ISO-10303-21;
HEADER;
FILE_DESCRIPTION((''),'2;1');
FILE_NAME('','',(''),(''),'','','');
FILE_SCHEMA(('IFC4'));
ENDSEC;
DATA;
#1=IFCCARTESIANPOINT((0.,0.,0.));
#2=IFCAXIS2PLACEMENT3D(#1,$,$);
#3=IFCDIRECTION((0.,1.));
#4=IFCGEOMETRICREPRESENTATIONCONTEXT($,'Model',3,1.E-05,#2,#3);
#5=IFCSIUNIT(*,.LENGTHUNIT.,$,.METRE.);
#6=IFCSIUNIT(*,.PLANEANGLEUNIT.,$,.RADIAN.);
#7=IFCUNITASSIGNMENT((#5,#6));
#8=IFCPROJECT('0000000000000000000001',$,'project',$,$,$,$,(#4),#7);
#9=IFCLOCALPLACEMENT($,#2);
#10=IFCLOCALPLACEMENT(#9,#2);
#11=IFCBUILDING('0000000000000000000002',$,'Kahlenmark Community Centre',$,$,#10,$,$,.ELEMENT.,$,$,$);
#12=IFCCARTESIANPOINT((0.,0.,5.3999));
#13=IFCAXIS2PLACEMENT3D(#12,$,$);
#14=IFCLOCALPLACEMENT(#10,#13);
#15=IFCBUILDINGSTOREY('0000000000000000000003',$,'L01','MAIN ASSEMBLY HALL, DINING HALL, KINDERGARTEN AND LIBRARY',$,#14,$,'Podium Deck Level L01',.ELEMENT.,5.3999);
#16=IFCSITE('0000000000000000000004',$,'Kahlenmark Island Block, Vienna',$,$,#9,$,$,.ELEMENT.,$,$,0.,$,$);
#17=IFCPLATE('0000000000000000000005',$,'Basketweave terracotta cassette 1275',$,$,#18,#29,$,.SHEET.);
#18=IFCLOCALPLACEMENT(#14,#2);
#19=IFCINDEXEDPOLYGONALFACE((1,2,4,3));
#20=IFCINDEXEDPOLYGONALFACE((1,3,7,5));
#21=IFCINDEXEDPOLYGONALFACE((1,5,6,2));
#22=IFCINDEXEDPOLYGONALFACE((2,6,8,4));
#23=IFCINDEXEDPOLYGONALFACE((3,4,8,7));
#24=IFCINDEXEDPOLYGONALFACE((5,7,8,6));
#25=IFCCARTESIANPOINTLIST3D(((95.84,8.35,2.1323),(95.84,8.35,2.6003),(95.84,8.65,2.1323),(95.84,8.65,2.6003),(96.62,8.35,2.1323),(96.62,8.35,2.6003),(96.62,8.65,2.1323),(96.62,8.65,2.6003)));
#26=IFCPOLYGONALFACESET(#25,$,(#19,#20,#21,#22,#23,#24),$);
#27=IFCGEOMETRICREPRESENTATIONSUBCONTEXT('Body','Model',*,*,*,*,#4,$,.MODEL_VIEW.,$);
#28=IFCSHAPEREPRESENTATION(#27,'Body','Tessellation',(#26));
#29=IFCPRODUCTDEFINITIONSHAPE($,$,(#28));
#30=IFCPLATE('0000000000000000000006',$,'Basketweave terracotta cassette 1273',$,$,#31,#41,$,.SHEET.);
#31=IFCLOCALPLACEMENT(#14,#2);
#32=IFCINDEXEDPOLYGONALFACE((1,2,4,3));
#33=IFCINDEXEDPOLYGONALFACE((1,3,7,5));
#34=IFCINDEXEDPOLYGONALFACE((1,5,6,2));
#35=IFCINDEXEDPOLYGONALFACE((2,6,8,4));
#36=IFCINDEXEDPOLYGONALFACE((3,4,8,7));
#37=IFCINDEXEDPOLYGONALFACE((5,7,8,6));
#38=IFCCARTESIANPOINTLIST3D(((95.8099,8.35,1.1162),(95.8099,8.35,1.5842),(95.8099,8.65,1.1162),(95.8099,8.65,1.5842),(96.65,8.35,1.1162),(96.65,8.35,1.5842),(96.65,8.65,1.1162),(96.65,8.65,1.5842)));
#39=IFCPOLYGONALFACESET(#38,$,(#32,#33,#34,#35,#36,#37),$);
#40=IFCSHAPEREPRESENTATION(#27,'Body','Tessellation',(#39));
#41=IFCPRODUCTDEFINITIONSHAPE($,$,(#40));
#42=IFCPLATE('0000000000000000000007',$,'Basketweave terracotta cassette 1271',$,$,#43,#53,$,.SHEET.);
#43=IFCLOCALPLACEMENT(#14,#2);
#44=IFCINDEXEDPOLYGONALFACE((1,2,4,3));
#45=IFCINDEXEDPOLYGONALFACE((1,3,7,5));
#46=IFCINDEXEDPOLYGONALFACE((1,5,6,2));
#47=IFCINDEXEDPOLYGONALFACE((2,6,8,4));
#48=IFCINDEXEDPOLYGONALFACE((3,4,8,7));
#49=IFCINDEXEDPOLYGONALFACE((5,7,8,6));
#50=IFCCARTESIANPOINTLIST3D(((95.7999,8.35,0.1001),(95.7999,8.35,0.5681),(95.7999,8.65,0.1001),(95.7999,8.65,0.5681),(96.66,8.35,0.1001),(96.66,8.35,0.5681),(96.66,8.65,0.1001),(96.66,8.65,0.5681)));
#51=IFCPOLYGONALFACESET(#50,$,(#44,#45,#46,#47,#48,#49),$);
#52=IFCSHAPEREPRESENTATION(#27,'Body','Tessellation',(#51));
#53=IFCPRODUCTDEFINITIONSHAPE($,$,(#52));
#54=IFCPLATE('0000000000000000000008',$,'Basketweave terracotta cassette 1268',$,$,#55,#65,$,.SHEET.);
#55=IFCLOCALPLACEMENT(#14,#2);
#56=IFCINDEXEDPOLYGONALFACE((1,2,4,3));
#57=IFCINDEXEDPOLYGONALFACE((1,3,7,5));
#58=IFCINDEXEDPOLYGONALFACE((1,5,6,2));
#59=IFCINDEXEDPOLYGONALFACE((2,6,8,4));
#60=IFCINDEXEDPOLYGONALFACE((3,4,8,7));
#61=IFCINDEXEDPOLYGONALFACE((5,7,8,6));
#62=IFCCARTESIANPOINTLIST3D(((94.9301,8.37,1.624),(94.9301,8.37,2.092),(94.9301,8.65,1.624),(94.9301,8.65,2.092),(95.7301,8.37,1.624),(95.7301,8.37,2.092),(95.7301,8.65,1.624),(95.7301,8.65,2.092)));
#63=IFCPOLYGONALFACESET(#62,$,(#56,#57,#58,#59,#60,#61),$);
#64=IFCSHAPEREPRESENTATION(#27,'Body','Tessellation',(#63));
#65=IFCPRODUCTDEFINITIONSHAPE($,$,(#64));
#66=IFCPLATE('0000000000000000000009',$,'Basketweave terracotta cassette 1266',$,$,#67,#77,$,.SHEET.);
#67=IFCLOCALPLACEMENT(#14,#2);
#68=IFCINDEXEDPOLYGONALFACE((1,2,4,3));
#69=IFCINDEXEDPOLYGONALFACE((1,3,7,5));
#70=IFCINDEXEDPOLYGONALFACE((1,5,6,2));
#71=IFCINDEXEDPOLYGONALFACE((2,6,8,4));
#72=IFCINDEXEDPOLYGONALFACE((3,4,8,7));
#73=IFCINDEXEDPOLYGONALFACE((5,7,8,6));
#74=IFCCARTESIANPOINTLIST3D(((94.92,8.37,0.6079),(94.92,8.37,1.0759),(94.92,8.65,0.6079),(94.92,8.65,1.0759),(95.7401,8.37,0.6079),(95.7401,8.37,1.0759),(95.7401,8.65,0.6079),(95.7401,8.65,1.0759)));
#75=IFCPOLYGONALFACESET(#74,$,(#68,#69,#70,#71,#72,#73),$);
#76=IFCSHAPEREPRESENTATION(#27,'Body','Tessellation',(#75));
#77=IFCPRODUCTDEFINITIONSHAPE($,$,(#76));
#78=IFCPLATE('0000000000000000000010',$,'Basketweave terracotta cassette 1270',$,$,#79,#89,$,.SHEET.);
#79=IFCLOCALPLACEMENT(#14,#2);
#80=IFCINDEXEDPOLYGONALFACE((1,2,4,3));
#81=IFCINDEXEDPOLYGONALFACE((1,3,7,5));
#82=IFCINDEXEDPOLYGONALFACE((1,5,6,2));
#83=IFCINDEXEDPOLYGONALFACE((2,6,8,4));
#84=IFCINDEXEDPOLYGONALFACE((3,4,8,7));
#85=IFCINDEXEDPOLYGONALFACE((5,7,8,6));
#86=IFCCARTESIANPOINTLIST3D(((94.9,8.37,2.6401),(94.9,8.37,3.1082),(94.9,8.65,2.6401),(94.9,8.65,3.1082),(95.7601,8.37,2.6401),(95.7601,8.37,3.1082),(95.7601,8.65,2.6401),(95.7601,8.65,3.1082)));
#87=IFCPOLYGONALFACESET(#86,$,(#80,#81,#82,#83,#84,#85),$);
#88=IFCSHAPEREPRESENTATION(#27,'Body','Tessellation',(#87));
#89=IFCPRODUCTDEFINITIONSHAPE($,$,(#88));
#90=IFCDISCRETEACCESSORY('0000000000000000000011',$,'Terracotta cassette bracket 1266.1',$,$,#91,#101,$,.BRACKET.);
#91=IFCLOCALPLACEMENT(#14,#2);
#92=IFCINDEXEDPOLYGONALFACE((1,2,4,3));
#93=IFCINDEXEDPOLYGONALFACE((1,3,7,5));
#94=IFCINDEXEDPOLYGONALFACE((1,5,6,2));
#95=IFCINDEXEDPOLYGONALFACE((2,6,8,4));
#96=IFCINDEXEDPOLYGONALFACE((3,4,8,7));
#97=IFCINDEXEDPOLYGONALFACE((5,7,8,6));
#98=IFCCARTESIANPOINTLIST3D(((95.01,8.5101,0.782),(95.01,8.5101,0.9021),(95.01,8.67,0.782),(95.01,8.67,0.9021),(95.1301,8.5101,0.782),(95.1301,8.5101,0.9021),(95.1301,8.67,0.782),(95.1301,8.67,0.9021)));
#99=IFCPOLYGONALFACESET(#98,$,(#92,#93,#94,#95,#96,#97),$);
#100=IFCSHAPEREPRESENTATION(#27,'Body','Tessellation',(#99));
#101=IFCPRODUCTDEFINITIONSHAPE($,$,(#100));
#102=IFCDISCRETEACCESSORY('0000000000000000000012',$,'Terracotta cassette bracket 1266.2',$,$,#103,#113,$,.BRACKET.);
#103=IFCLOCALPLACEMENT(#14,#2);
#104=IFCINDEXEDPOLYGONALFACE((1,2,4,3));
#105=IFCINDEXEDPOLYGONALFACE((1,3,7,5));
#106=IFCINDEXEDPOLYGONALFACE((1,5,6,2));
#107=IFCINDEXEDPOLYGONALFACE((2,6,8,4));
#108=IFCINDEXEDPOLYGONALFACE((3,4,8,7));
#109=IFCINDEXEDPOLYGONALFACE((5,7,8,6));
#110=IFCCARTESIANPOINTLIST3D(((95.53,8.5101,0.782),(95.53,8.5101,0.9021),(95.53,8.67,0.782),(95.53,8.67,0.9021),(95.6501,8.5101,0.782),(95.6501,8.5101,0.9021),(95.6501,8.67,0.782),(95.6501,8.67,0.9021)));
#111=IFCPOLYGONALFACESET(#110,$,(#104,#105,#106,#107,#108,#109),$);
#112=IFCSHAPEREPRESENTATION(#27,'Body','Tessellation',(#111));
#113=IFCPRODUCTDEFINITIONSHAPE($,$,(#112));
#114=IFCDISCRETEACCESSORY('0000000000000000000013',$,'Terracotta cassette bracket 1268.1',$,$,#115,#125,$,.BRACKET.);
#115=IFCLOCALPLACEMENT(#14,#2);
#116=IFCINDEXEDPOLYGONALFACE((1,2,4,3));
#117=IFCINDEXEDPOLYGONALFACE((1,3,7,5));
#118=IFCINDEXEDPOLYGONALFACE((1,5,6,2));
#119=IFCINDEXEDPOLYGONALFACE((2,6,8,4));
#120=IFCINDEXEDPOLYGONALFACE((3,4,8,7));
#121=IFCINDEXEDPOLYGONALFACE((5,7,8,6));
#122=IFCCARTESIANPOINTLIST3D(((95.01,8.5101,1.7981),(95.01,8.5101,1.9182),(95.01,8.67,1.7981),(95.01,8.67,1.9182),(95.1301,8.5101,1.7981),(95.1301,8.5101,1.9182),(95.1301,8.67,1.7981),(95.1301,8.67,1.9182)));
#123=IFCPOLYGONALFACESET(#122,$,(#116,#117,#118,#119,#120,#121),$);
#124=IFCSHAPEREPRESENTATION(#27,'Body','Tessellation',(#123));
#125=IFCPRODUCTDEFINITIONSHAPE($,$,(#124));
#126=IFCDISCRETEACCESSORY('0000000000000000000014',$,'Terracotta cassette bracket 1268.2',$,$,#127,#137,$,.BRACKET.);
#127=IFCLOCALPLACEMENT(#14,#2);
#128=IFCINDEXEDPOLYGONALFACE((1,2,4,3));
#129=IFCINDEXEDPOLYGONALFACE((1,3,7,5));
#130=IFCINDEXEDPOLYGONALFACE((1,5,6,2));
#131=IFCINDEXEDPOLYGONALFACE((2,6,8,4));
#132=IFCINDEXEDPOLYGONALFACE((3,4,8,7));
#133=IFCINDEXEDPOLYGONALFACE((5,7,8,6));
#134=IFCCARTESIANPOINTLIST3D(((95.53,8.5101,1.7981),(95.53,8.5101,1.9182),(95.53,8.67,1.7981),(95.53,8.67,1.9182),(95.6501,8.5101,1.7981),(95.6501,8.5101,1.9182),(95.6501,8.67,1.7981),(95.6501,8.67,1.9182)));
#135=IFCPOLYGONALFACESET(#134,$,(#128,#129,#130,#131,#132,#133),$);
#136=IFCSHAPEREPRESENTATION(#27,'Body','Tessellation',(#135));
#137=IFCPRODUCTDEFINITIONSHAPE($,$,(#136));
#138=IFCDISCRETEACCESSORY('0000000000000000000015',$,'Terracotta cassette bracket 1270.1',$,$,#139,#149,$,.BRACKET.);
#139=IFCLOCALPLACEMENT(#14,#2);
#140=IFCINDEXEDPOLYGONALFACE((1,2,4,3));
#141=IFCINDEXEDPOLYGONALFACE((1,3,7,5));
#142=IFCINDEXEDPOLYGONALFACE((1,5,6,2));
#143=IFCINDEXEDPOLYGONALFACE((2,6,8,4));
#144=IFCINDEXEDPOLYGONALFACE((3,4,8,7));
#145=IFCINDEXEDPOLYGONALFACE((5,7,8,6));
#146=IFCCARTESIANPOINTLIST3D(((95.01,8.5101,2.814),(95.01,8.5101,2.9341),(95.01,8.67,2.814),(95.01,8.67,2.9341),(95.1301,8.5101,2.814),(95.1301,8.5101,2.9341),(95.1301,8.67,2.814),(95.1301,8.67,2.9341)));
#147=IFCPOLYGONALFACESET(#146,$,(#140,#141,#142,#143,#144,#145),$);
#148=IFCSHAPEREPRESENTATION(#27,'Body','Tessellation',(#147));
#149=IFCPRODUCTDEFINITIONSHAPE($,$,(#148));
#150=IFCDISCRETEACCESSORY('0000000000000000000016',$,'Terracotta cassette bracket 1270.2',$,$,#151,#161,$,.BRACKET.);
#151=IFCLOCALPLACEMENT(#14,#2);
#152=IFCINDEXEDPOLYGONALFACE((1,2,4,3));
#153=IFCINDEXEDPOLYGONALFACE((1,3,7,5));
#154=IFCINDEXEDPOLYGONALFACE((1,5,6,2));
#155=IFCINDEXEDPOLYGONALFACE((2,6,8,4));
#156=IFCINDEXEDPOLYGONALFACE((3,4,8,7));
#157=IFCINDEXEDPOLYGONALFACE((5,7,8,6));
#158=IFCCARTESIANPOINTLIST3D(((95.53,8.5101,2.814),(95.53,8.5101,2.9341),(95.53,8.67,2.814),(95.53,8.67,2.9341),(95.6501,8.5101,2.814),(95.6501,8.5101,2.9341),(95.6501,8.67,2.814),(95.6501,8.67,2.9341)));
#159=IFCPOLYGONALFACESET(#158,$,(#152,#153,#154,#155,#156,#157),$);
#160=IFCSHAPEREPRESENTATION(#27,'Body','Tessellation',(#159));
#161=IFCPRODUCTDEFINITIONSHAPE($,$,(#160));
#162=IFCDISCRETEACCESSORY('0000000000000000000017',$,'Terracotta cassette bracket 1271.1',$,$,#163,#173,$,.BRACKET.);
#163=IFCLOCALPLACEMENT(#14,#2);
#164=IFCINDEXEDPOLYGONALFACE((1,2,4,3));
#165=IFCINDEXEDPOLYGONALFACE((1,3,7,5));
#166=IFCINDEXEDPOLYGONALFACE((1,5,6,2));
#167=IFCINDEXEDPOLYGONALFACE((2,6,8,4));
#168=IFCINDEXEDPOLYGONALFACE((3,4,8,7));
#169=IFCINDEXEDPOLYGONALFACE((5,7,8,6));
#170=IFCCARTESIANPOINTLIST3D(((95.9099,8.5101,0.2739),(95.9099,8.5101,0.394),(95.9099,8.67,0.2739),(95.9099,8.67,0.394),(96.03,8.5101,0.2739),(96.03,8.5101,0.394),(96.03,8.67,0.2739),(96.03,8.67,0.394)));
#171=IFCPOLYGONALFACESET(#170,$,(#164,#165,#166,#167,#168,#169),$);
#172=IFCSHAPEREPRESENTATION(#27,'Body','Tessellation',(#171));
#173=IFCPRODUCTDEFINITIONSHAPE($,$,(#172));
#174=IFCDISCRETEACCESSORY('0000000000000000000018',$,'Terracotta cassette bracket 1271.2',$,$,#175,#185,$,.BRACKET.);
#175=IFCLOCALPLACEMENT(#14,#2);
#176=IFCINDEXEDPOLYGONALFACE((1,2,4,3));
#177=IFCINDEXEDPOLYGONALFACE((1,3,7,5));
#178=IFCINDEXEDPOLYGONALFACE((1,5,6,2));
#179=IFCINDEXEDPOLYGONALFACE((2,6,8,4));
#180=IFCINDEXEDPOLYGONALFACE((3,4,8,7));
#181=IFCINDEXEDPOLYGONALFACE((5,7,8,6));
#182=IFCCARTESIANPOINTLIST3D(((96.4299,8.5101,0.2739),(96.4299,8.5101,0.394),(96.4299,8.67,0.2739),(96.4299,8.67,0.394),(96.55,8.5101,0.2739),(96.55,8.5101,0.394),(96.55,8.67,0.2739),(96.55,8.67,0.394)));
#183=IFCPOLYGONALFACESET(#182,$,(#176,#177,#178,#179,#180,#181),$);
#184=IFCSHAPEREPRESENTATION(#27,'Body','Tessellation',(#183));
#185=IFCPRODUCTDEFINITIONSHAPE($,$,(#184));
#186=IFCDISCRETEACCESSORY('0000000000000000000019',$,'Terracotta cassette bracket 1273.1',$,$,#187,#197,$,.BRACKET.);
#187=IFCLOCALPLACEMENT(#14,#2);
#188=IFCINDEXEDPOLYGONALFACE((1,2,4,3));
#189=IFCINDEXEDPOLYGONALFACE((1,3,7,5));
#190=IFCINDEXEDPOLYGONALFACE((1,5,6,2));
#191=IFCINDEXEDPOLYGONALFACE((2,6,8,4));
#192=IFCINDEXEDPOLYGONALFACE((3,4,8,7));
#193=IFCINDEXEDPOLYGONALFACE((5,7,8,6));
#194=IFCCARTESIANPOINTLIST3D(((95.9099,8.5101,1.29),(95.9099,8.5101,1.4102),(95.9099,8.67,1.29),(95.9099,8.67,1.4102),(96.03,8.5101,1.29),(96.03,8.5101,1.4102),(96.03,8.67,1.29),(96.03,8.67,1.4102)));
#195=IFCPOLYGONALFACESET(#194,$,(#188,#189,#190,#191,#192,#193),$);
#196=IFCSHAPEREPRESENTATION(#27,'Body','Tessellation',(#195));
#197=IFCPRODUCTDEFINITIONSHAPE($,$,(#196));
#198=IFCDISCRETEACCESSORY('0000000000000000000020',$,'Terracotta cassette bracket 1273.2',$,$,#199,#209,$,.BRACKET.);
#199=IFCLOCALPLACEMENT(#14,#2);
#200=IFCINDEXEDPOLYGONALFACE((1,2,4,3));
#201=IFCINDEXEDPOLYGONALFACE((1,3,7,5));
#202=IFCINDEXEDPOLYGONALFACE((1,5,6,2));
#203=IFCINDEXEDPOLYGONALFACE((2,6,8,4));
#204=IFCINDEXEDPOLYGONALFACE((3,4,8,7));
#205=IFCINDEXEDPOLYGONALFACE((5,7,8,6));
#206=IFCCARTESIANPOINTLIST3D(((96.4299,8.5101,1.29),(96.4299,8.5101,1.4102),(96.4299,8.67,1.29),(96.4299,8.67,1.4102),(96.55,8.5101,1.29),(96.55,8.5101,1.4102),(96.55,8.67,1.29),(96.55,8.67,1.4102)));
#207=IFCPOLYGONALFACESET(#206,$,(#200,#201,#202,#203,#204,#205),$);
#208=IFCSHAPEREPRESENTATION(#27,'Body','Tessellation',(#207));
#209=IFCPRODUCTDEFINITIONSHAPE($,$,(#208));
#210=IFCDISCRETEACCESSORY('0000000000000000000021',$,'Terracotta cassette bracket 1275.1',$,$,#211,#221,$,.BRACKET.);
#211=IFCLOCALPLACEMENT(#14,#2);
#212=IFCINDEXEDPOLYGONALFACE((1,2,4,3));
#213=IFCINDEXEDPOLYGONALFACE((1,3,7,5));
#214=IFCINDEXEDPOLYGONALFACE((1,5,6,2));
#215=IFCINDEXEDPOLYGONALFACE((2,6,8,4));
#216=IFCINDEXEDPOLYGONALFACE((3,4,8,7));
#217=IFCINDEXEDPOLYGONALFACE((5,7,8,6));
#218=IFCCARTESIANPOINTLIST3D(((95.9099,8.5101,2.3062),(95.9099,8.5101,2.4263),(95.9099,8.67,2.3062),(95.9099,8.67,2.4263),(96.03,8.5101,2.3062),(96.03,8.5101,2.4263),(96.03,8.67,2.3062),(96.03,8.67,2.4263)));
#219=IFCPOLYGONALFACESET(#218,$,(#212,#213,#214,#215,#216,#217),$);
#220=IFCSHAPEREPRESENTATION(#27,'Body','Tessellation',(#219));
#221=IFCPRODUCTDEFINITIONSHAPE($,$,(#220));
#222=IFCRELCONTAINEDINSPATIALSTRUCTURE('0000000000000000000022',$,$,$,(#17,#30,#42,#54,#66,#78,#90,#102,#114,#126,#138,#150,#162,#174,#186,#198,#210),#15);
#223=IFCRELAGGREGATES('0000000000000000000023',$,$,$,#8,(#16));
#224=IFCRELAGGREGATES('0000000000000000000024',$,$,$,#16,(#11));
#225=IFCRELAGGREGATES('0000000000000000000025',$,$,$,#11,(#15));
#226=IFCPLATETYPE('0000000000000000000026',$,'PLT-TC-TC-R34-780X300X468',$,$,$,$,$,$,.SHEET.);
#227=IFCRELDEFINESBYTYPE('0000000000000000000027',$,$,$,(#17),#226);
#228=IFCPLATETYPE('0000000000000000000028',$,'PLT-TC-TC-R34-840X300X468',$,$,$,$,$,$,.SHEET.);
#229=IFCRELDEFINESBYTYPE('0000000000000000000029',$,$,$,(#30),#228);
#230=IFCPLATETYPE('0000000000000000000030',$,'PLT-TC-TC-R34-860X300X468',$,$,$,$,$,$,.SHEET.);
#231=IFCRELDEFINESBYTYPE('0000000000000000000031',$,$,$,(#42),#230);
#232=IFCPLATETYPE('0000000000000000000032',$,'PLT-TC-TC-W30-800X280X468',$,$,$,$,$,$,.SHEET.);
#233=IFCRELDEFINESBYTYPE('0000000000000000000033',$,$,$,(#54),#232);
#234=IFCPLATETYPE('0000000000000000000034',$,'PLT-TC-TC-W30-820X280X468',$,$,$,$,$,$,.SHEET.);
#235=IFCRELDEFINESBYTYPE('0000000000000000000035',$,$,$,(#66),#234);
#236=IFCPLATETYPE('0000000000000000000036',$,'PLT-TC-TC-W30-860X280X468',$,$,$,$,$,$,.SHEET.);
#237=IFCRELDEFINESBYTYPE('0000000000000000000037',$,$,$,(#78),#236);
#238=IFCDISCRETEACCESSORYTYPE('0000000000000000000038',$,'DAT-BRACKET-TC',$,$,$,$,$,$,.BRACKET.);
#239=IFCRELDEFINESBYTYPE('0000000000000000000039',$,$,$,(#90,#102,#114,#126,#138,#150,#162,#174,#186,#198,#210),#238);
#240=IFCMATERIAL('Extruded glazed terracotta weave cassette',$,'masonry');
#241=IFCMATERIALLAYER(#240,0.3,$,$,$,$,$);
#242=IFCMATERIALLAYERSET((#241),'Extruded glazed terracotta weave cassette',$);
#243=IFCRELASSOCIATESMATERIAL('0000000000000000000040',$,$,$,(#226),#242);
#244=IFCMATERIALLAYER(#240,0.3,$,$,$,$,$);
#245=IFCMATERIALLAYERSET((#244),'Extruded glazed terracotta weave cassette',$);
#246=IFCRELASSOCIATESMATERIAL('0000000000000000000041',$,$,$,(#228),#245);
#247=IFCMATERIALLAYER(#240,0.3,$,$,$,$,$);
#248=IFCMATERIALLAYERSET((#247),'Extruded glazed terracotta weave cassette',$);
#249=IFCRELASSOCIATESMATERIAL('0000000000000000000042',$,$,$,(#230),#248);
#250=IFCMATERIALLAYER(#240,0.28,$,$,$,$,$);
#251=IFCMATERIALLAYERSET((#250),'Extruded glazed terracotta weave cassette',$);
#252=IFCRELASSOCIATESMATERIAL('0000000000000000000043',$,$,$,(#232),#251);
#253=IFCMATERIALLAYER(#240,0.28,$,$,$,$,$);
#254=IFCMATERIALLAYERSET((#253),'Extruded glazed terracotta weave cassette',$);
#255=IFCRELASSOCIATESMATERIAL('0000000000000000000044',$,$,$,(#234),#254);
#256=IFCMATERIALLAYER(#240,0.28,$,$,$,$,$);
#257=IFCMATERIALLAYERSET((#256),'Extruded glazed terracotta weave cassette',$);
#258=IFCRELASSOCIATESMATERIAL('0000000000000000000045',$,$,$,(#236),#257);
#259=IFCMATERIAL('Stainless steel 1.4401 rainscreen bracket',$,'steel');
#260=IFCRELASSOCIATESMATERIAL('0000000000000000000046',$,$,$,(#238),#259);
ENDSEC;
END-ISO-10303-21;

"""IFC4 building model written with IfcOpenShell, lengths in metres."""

from ifc_helpers import new_model, si_unit, direction, frame, origin, origin_2d, place, context, subcontext, project, spatial, rectangle, extrude, material, layer, layer_set, type_object, element, save


model = new_model("IFC4")

# Units and contexts
model_context = context("Model", 3, precision=1e-05, world=origin(), true_north=direction((0.0, 1.0)))
body_context = subcontext(model_context, "Body", "Model", "MODEL_VIEW")
ifc_project = project(units=[si_unit("LENGTHUNIT", "METRE"), si_unit("PLANEANGLEUNIT", "RADIAN")], contexts=[model_context])

# Site, building, storey
site_placement = place(None, origin())
site = spatial("IfcSite", under=ifc_project, at=site_placement, Name="Kahlenmark Island Block, Vienna", CompositionType="ELEMENT", RefElevation=0.0)
building_placement = place(site_placement, origin())
building = spatial("IfcBuilding", under=site, at=building_placement, Name="Kahlenmark Community Centre", CompositionType="ELEMENT")
storey_placement = place(building_placement, frame((0.0, 0.0, 5.3999)))
storey = spatial("IfcBuildingStorey", under=building, at=storey_placement, Name="L01", Description="MAIN ASSEMBLY HALL, DINING HALL, KINDERGARTEN AND LIBRARY", LongName="Podium Deck Level L01", CompositionType="ELEMENT", Elevation=5.3999)

# Plates
ifc_material_1 = material(Name="Extruded glazed terracotta weave cassette", Category="masonry")
ifc_layer_1 = layer(ifc_material_1, 0.3)
ifc_layer_set_1 = layer_set([ifc_layer_1], Name="Extruded glazed terracotta weave cassette")
plate_type_1 = type_object("IfcPlateType", Name="PLT-TC-TC-R34-780X300X468", PredefinedType="SHEET", material=ifc_layer_set_1)
plate_1_placement = place(storey_placement, frame((96.23, 8.5, 2.1323), z_axis=(0.0, 0.0, 1.0), x_axis=(1.0, 0.0, 0.0)))
element("IfcPlate", 1, at=plate_1_placement, inside=storey, type_object=plate_type_1, Name="Basketweave terracotta cassette 1275", PredefinedType="SHEET", context=body_context, shape_type="SweptSolid", body=[
    extrude(rectangle(XDim=0.78, YDim=0.3, at=origin_2d()), origin(), (0.0, 0.0, 1.0), 0.468),
])
ifc_layer_2 = layer(ifc_material_1, 0.3)
ifc_layer_set_2 = layer_set([ifc_layer_2], Name="Extruded glazed terracotta weave cassette")
plate_type_2 = type_object("IfcPlateType", Name="PLT-TC-TC-R34-840X300X468", PredefinedType="SHEET", material=ifc_layer_set_2)
plate_2_placement = place(storey_placement, frame((96.23, 8.5, 1.1162), z_axis=(0.0, 0.0, 1.0), x_axis=(1.0, 0.0, 0.0)))
element("IfcPlate", 2, at=plate_2_placement, inside=storey, type_object=plate_type_2, Name="Basketweave terracotta cassette 1273", PredefinedType="SHEET", context=body_context, shape_type="SweptSolid", body=[
    extrude(rectangle(XDim=0.8401, YDim=0.3, at=origin_2d()), origin(), (0.0, 0.0, 1.0), 0.468),
])
ifc_layer_3 = layer(ifc_material_1, 0.3)
ifc_layer_set_3 = layer_set([ifc_layer_3], Name="Extruded glazed terracotta weave cassette")
plate_type_3 = type_object("IfcPlateType", Name="PLT-TC-TC-R34-860X300X468", PredefinedType="SHEET", material=ifc_layer_set_3)
plate_3_placement = place(storey_placement, frame((96.23, 8.5, 0.1001), z_axis=(0.0, 0.0, 1.0), x_axis=(1.0, 0.0, 0.0)))
element("IfcPlate", 3, at=plate_3_placement, inside=storey, type_object=plate_type_3, Name="Basketweave terracotta cassette 1271", PredefinedType="SHEET", context=body_context, shape_type="SweptSolid", body=[
    extrude(rectangle(XDim=0.8601, YDim=0.3, at=origin_2d()), origin(), (0.0, 0.0, 1.0), 0.468),
])
ifc_layer_4 = layer(ifc_material_1, 0.28)
ifc_layer_set_4 = layer_set([ifc_layer_4], Name="Extruded glazed terracotta weave cassette")
plate_type_4 = type_object("IfcPlateType", Name="PLT-TC-TC-W30-800X280X468", PredefinedType="SHEET", material=ifc_layer_set_4)
plate_4_placement = place(storey_placement, frame((95.3301, 8.51, 1.624), z_axis=(0.0, 0.0, 1.0), x_axis=(1.0, 0.0, 0.0)))
element("IfcPlate", 4, at=plate_4_placement, inside=storey, type_object=plate_type_4, Name="Basketweave terracotta cassette 1268", PredefinedType="SHEET", context=body_context, shape_type="SweptSolid", body=[
    extrude(rectangle(XDim=0.8, YDim=0.28, at=origin_2d()), origin(), (0.0, 0.0, 1.0), 0.468),
])
ifc_layer_5 = layer(ifc_material_1, 0.28)
ifc_layer_set_5 = layer_set([ifc_layer_5], Name="Extruded glazed terracotta weave cassette")
plate_type_5 = type_object("IfcPlateType", Name="PLT-TC-TC-W30-820X280X468", PredefinedType="SHEET", material=ifc_layer_set_5)
plate_5_placement = place(storey_placement, frame((95.3301, 8.51, 0.6079), z_axis=(0.0, 0.0, 1.0), x_axis=(1.0, 0.0, 0.0)))
element("IfcPlate", 5, at=plate_5_placement, inside=storey, type_object=plate_type_5, Name="Basketweave terracotta cassette 1266", PredefinedType="SHEET", context=body_context, shape_type="SweptSolid", body=[
    extrude(rectangle(XDim=0.8201, YDim=0.28, at=origin_2d()), origin(), (0.0, 0.0, 1.0), 0.468),
])
ifc_layer_6 = layer(ifc_material_1, 0.28)
ifc_layer_set_6 = layer_set([ifc_layer_6], Name="Extruded glazed terracotta weave cassette")
plate_type_6 = type_object("IfcPlateType", Name="PLT-TC-TC-W30-860X280X468", PredefinedType="SHEET", material=ifc_layer_set_6)
plate_6_placement = place(storey_placement, frame((95.3301, 8.51, 2.6401), z_axis=(0.0, 0.0, 1.0), x_axis=(1.0, 0.0, 0.0)))
element("IfcPlate", 6, at=plate_6_placement, inside=storey, type_object=plate_type_6, Name="Basketweave terracotta cassette 1270", PredefinedType="SHEET", context=body_context, shape_type="SweptSolid", body=[
    extrude(rectangle(XDim=0.8601, YDim=0.28, at=origin_2d()), origin(), (0.0, 0.0, 1.0), 0.468),
])

# Discrete accessories
ifc_material_2 = material(Name="Stainless steel 1.4401 rainscreen bracket", Category="steel")
discrete_accessory_type = type_object("IfcDiscreteAccessoryType", Name="DAT-BRACKET-TC", PredefinedType="BRACKET", material=ifc_material_2)
for number, where, z_axis, x_axis, name in (
    (7, (95.0701, 8.5901, 0.782), (0.0, 0.0, 1.0), (1.0, 0.0, 0.0), "Terracotta cassette bracket 1266.1"),
    (8, (95.5901, 8.5901, 0.782), (0.0, 0.0, 1.0), (1.0, 0.0, 0.0), "Terracotta cassette bracket 1266.2"),
    (9, (95.0701, 8.5901, 1.7981), (0.0, 0.0, 1.0), (1.0, 0.0, 0.0), "Terracotta cassette bracket 1268.1"),
    (10, (95.5901, 8.5901, 1.7981), (0.0, 0.0, 1.0), (1.0, 0.0, 0.0), "Terracotta cassette bracket 1268.2"),
    (11, (95.0701, 8.5901, 2.814), (0.0, 0.0, 1.0), (1.0, 0.0, 0.0), "Terracotta cassette bracket 1270.1"),
    (12, (95.5901, 8.5901, 2.814), (0.0, 0.0, 1.0), (1.0, 0.0, 0.0), "Terracotta cassette bracket 1270.2"),
    (13, (95.97, 8.5901, 0.2739), (0.0, 0.0, 1.0), (1.0, 0.0, 0.0), "Terracotta cassette bracket 1271.1"),
    (14, (96.49, 8.5901, 0.2739), (0.0, 0.0, 1.0), (1.0, 0.0, 0.0), "Terracotta cassette bracket 1271.2"),
    (15, (95.97, 8.5901, 1.29), (0.0, 0.0, 1.0), (1.0, 0.0, 0.0), "Terracotta cassette bracket 1273.1"),
    (16, (96.49, 8.5901, 1.29), (0.0, 0.0, 1.0), (1.0, 0.0, 0.0), "Terracotta cassette bracket 1273.2"),
    (17, (95.97, 8.5901, 2.3062), (0.0, 0.0, 1.0), (1.0, 0.0, 0.0), "Terracotta cassette bracket 1275.1"),
):
    element("IfcDiscreteAccessory", number, at=place(storey_placement, frame(where, z_axis=z_axis, x_axis=x_axis)), inside=storey, type_object=discrete_accessory_type, Name=name, PredefinedType="BRACKET", context=body_context, shape_type="SweptSolid", body=[
        extrude(rectangle(XDim=0.1201, YDim=0.1599, at=origin_2d()), origin(), (0.0, 0.0, 1.0), 0.1201),
    ])

save(model, "model.ifc")
